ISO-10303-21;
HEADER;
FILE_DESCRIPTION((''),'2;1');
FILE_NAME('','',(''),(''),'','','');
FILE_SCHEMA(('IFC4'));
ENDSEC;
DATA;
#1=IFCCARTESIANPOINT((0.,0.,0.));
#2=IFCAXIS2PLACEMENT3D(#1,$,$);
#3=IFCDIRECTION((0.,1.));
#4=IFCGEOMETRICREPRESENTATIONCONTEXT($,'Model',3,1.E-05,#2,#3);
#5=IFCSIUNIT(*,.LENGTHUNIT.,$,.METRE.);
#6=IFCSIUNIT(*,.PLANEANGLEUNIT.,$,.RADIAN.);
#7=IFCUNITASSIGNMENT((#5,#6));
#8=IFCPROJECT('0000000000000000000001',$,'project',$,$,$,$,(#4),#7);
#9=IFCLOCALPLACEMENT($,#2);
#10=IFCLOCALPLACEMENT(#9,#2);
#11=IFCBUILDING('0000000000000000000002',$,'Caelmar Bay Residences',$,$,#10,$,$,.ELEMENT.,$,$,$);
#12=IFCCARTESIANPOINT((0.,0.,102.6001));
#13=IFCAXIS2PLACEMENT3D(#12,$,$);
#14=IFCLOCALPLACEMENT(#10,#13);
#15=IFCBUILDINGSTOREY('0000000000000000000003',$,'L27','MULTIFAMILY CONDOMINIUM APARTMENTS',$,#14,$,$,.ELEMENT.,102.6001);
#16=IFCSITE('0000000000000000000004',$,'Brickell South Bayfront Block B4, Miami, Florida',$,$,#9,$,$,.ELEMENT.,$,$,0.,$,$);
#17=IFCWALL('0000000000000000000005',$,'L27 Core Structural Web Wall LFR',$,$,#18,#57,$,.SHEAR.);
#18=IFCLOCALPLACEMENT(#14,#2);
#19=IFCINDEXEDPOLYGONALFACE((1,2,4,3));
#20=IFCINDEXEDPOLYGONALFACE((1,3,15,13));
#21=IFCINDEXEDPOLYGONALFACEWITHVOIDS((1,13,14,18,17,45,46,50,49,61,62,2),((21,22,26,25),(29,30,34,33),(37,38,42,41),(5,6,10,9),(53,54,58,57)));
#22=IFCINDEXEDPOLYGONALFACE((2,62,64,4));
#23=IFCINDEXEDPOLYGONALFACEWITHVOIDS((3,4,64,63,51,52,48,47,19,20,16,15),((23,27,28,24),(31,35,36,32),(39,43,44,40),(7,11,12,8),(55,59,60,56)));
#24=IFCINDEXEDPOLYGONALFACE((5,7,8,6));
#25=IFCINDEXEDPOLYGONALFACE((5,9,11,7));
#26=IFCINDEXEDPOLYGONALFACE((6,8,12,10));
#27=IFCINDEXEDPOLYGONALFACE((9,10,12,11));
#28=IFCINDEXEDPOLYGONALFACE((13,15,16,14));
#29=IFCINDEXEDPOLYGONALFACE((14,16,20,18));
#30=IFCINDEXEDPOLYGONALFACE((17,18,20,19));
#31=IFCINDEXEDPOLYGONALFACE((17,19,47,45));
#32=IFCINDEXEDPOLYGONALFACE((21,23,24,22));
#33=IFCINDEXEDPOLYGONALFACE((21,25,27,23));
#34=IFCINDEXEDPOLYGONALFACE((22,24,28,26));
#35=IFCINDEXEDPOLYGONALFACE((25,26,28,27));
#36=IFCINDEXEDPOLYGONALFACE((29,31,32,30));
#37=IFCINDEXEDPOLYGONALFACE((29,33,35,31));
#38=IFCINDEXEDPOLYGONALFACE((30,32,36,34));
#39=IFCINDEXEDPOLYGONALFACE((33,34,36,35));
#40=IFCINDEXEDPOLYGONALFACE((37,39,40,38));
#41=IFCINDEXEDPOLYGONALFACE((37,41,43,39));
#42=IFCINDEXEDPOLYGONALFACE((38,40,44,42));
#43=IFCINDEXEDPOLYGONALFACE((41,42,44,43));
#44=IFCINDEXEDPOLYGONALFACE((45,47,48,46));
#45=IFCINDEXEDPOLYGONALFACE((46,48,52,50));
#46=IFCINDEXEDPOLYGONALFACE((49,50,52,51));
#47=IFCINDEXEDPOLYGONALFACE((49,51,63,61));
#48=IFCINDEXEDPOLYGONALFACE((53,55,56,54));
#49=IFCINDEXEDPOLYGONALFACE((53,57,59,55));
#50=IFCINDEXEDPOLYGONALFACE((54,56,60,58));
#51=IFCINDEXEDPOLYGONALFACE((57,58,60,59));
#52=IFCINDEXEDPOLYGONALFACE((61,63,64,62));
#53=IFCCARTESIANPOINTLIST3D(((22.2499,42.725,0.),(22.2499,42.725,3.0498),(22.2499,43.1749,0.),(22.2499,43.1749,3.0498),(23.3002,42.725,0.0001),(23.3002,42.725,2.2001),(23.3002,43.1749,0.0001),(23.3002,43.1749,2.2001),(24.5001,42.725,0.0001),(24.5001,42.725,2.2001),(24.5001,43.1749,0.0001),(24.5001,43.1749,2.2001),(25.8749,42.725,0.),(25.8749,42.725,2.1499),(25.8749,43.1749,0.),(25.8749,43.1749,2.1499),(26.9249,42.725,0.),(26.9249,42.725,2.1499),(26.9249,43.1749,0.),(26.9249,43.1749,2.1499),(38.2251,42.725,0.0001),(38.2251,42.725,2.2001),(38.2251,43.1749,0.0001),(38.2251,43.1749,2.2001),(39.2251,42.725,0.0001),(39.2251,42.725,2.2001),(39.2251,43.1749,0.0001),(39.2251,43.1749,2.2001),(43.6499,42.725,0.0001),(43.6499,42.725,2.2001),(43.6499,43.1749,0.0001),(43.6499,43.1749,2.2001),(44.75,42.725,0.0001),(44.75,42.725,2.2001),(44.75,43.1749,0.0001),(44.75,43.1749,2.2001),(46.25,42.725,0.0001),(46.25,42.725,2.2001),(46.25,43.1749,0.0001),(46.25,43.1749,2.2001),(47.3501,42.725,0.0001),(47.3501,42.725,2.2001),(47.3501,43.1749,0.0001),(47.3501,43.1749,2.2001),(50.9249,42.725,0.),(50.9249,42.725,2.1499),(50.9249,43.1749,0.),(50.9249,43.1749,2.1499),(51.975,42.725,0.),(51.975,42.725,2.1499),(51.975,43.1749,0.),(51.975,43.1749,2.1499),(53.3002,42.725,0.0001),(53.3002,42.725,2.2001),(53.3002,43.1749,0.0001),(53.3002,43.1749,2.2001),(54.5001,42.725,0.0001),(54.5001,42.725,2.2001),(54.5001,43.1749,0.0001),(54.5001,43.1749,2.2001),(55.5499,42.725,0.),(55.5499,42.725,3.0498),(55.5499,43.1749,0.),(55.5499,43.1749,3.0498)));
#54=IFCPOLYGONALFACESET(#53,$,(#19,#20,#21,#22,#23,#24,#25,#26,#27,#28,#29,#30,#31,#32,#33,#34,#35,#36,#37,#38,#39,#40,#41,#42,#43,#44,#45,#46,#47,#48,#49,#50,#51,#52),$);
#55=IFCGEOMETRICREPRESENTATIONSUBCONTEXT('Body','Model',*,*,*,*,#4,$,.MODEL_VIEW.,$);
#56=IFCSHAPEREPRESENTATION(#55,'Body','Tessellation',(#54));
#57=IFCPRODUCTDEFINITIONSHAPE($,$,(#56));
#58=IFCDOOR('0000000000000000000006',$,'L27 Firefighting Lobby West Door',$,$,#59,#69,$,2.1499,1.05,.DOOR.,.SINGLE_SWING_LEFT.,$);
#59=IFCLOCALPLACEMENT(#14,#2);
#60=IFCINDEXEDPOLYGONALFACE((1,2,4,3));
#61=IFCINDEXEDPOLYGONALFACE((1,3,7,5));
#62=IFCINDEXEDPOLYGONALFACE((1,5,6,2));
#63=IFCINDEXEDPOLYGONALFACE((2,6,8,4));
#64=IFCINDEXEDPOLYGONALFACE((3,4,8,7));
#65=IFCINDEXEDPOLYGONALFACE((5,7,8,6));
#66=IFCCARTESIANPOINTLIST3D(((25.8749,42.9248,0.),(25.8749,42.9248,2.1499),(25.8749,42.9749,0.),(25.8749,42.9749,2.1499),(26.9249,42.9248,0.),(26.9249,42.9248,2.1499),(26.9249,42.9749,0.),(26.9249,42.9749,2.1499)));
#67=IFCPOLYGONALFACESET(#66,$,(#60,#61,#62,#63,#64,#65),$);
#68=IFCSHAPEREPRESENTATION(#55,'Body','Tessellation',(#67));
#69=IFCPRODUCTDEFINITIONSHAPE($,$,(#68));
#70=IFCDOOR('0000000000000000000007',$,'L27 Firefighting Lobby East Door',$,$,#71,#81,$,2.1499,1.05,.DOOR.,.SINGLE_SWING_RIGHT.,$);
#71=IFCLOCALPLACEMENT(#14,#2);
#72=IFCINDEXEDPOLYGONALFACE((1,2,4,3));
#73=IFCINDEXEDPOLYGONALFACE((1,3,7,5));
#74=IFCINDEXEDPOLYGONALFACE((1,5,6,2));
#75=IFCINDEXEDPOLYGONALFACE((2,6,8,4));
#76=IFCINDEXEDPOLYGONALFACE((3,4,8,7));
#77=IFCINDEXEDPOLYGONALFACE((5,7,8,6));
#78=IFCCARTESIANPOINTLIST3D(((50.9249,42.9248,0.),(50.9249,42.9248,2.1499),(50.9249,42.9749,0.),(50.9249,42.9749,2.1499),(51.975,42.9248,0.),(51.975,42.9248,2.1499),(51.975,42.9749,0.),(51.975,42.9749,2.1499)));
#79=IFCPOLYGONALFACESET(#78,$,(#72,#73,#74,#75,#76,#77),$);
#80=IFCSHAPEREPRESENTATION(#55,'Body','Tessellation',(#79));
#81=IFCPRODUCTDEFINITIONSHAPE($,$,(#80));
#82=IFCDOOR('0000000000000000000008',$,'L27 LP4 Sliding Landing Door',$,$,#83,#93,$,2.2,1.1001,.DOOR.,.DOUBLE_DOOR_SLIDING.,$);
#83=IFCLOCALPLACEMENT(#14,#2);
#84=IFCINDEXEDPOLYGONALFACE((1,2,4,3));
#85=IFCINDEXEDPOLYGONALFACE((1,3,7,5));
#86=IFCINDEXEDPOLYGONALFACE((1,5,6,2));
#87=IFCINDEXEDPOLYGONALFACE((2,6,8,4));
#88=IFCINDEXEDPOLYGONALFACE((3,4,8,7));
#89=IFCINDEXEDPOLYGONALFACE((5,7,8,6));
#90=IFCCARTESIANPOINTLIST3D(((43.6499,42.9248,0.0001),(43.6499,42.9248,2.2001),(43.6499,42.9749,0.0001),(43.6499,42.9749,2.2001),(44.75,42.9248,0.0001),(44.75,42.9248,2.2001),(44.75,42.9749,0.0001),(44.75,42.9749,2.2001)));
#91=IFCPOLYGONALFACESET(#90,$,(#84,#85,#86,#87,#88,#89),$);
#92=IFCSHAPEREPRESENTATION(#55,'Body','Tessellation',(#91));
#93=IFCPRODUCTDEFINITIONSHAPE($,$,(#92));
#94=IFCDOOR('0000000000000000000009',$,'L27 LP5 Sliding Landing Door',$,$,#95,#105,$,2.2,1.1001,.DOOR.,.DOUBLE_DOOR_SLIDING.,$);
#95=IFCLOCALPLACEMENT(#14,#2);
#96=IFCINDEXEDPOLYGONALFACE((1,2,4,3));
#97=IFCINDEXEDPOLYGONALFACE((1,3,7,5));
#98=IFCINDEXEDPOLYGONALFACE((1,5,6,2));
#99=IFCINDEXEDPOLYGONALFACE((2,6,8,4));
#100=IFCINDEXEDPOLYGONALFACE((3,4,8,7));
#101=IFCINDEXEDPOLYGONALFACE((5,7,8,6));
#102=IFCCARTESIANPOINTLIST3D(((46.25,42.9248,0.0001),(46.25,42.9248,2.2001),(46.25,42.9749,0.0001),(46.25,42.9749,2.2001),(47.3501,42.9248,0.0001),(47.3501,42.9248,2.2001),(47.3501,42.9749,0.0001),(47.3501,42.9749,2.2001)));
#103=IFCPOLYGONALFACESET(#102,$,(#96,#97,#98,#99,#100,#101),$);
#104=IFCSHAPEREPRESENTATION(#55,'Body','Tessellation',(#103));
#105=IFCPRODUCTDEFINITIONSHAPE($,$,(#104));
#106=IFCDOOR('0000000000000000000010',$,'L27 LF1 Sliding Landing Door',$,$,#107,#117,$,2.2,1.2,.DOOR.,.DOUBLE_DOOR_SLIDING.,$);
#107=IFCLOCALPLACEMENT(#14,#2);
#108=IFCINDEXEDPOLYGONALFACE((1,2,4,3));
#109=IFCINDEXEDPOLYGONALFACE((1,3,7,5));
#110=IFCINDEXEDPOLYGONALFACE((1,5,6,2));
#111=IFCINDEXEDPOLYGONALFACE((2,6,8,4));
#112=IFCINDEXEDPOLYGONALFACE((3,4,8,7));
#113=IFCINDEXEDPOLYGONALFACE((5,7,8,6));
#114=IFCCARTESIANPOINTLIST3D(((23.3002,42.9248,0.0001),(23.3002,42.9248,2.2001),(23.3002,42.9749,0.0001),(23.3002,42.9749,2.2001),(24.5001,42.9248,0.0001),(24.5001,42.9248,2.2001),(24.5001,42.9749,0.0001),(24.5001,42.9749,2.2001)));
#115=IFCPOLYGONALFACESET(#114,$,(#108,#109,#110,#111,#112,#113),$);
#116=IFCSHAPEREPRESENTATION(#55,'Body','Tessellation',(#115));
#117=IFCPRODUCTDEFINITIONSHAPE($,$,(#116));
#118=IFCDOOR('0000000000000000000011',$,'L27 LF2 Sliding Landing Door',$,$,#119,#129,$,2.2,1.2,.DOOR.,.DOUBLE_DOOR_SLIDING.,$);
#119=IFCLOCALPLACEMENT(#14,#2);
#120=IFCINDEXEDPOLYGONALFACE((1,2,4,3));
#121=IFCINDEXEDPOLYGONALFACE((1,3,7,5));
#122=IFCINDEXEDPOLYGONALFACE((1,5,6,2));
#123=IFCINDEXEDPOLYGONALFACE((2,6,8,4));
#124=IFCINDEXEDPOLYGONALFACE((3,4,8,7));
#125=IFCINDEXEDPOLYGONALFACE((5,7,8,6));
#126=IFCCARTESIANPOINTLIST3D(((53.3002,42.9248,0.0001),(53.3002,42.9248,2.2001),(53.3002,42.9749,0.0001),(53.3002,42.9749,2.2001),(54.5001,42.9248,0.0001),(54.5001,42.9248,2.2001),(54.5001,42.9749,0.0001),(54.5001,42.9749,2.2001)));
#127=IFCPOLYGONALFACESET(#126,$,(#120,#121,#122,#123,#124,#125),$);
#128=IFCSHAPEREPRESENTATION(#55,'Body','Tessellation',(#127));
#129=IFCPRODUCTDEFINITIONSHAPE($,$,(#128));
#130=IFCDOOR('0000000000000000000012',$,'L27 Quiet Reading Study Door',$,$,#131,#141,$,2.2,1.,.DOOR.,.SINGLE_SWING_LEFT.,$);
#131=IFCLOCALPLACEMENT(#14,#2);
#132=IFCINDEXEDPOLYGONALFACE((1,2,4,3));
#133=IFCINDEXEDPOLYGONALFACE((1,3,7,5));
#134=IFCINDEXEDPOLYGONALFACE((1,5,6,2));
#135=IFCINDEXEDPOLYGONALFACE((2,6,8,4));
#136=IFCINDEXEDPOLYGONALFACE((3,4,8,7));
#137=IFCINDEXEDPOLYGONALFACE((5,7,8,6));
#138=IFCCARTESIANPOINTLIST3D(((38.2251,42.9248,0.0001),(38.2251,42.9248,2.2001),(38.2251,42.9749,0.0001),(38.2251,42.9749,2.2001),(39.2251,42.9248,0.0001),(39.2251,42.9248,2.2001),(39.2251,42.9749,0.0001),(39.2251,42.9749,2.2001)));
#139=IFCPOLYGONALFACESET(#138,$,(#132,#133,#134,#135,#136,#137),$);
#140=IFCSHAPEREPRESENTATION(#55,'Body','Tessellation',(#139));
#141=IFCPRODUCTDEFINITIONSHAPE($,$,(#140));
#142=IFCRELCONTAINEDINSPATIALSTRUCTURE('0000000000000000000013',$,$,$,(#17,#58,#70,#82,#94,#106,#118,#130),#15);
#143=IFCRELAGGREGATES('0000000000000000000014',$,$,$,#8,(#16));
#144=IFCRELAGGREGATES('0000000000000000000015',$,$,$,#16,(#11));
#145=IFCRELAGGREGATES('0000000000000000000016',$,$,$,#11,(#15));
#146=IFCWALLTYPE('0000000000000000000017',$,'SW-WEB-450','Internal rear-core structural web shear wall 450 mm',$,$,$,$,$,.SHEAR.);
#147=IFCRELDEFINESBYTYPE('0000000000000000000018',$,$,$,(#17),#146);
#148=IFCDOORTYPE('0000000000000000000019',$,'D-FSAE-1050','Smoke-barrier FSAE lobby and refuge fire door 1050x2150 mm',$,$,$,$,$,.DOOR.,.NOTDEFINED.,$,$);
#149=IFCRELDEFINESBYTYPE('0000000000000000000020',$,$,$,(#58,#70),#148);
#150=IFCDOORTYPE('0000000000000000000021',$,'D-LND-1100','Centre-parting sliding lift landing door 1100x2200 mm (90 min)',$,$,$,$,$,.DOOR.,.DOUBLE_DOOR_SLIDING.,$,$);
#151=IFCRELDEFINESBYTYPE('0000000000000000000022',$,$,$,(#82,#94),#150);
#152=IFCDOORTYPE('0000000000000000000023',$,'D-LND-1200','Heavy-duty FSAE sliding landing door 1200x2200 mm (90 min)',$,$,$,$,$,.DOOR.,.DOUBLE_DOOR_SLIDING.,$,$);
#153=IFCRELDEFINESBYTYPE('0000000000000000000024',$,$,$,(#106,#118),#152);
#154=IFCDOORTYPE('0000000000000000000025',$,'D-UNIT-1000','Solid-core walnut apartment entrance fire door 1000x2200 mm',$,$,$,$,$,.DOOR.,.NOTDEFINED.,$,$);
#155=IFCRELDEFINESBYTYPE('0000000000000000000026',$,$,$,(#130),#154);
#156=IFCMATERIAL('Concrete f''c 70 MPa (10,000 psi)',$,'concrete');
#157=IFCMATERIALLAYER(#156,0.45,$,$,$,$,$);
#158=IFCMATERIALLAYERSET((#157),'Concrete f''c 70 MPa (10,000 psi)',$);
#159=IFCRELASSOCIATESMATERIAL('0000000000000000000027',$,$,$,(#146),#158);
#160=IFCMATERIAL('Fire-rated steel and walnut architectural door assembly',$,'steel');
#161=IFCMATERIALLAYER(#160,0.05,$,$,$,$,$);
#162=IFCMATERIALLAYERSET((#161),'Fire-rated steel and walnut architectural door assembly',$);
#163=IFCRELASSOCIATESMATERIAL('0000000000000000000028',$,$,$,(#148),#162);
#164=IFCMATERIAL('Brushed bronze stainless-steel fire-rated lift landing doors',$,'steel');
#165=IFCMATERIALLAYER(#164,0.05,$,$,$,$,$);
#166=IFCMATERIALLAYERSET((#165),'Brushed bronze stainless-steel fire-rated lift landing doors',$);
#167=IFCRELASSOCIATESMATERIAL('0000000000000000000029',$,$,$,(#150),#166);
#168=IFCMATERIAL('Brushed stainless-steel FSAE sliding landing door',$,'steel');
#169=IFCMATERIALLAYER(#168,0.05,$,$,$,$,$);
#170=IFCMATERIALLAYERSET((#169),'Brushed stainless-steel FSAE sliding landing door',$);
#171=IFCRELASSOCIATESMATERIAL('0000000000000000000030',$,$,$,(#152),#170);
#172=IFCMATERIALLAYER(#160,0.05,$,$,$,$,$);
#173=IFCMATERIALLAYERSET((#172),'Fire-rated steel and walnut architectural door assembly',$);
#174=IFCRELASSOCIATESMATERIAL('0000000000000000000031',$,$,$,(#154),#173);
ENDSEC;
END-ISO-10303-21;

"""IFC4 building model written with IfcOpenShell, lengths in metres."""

from ifc_helpers import new_model, si_unit, direction, frame, frame_2d, origin, place, context, subcontext, project, spatial, rectangle, extrude, material, layer, layer_set, type_object, element, fill, save


model = new_model("IFC4")

# Units and contexts
model_context = context("Model", 3, precision=1e-05, world=origin(), true_north=direction((0.0, 1.0)))
body_context = subcontext(model_context, "Body", "Model", "MODEL_VIEW")
ifc_project = project(units=[si_unit("LENGTHUNIT", "METRE"), si_unit("PLANEANGLEUNIT", "RADIAN")], contexts=[model_context])

# Site, building, storey
site_placement = place(None, origin())
site = spatial("IfcSite", under=ifc_project, at=site_placement, Name="Brickell South Bayfront Block B4, Miami, Florida", CompositionType="ELEMENT", RefElevation=0.0)
building_placement = place(site_placement, origin())
building = spatial("IfcBuilding", under=site, at=building_placement, Name="Caelmar Bay Residences", CompositionType="ELEMENT")
storey_placement = place(building_placement, frame((0.0, 0.0, 102.6001)))
storey = spatial("IfcBuildingStorey", under=building, at=storey_placement, Name="L27", Description="MULTIFAMILY CONDOMINIUM APARTMENTS", CompositionType="ELEMENT", Elevation=102.6001)

# Wall, openings, doors
ifc_material_1 = material(Name="Concrete f'c 70 MPa (10,000 psi)", Category="concrete")
ifc_layer_1 = layer(ifc_material_1, 0.45)
ifc_layer_set_1 = layer_set([ifc_layer_1], Name="Concrete f'c 70 MPa (10,000 psi)")
wall_type_1 = type_object("IfcWallType", Name="SW-WEB-450", Description="Internal rear-core structural web shear wall 450 mm", PredefinedType="SHEAR", material=ifc_layer_set_1)
wall_1_placement = place(storey_placement, frame((22.25, 42.95, 0.0), z_axis=(0.0, 0.0, 1.0), x_axis=(1.0, 0.0, 0.0)))
wall_1 = element("IfcWall", 1, at=wall_1_placement, inside=storey, type_object=wall_type_1, Name="L27 Core Structural Web Wall LFR", PredefinedType="SHEAR", context=body_context, shape_type="SweptSolid", body=[
    extrude(rectangle(XDim=33.3, YDim=0.45, at=frame_2d((16.6499, 0.0))), origin(), (0.0, 0.0, 1.0), 3.0498),
])
opening_1_placement = place(wall_1_placement, frame((1.05, 0.0, 0.0)))
opening_1 = element("IfcOpeningElement", 2, at=opening_1_placement, cuts=wall_1, PredefinedType="OPENING", context=body_context, shape_type="SweptSolid", body=[
    extrude(rectangle(XDim=1.2, YDim=2.2, at=frame_2d((0.6001, 1.1001))), frame((0.0, 0.2349, 0.0), z_axis=(0.0, -1.0, 0.0), x_axis=(1.0, 0.0, 0.0)), (0.0, 0.0, 1.0), 0.47),
])
opening_2_placement = place(wall_1_placement, frame((31.05, 0.0, 0.0)))
opening_2 = element("IfcOpeningElement", 3, at=opening_2_placement, cuts=wall_1, PredefinedType="OPENING", context=body_context, shape_type="SweptSolid", body=[
    extrude(rectangle(XDim=1.2, YDim=2.2, at=frame_2d((0.6001, 1.1001))), frame((0.0, 0.2349, 0.0), z_axis=(0.0, -1.0, 0.0), x_axis=(1.0, 0.0, 0.0)), (0.0, 0.0, 1.0), 0.47),
])
opening_3_placement = place(wall_1_placement, frame((21.3999, 0.0, 0.0)))
opening_3 = element("IfcOpeningElement", 4, at=opening_3_placement, cuts=wall_1, PredefinedType="OPENING", context=body_context, shape_type="SweptSolid", body=[
    extrude(rectangle(XDim=1.1001, YDim=2.2, at=frame_2d((0.55, 1.1001))), frame((0.0, 0.2349, 0.0), z_axis=(0.0, -1.0, 0.0), x_axis=(1.0, 0.0, 0.0)), (0.0, 0.0, 1.0), 0.47),
])
opening_4_placement = place(wall_1_placement, frame((24.0, 0.0, 0.0)))
opening_4 = element("IfcOpeningElement", 5, at=opening_4_placement, cuts=wall_1, PredefinedType="OPENING", context=body_context, shape_type="SweptSolid", body=[
    extrude(rectangle(XDim=1.1001, YDim=2.2, at=frame_2d((0.55, 1.1001))), frame((0.0, 0.2349, 0.0), z_axis=(0.0, -1.0, 0.0), x_axis=(1.0, 0.0, 0.0)), (0.0, 0.0, 1.0), 0.47),
])
opening_5_placement = place(wall_1_placement, frame((3.625, 0.0, 0.0)))
opening_5 = element("IfcOpeningElement", 6, at=opening_5_placement, cuts=wall_1, PredefinedType="OPENING", context=body_context, shape_type="SweptSolid", body=[
    extrude(rectangle(XDim=1.05, YDim=2.1499, at=frame_2d((0.5249, 1.075))), frame((0.0, 0.2349, 0.0), z_axis=(0.0, -1.0, 0.0), x_axis=(1.0, 0.0, 0.0)), (0.0, 0.0, 1.0), 0.47),
])
opening_6_placement = place(wall_1_placement, frame((28.675, 0.0, 0.0)))
opening_6 = element("IfcOpeningElement", 7, at=opening_6_placement, cuts=wall_1, PredefinedType="OPENING", context=body_context, shape_type="SweptSolid", body=[
    extrude(rectangle(XDim=1.05, YDim=2.1499, at=frame_2d((0.5249, 1.075))), frame((0.0, 0.2349, 0.0), z_axis=(0.0, -1.0, 0.0), x_axis=(1.0, 0.0, 0.0)), (0.0, 0.0, 1.0), 0.47),
])
opening_7_placement = place(wall_1_placement, frame((15.9751, 0.0, 0.0)))
opening_7 = element("IfcOpeningElement", 8, at=opening_7_placement, cuts=wall_1, PredefinedType="OPENING", context=body_context, shape_type="SweptSolid", body=[
    extrude(rectangle(XDim=1.0, YDim=2.2, at=frame_2d((0.5, 1.1001))), frame((0.0, 0.2349, 0.0), z_axis=(0.0, -1.0, 0.0), x_axis=(1.0, 0.0, 0.0)), (0.0, 0.0, 1.0), 0.47),
])
ifc_material_2 = material(Name="Fire-rated steel and walnut architectural door assembly", Category="steel")
ifc_layer_2 = layer(ifc_material_2, 0.05)
ifc_layer_set_2 = layer_set([ifc_layer_2], Name="Fire-rated steel and walnut architectural door assembly")
door_type_1 = type_object("IfcDoorType", Name="D-FSAE-1050", Description="Smoke-barrier FSAE lobby and refuge fire door 1050x2150 mm", OperationType="NOTDEFINED", PredefinedType="DOOR", material=ifc_layer_set_2)
door_1_placement = place(opening_5_placement, origin())
door_1 = element("IfcDoor", 9, at=door_1_placement, inside=storey, type_object=door_type_1, Name="L27 Firefighting Lobby West Door", OperationType="SINGLE_SWING_LEFT", OverallHeight=2.1499, OverallWidth=1.05, PredefinedType="DOOR", context=body_context, shape_type="SweptSolid", body=[
    extrude(rectangle(XDim=1.05, YDim=2.1499, at=frame_2d((0.5249, 1.075))), frame((0.0, 0.0249, 0.0), z_axis=(0.0, -1.0, 0.0), x_axis=(1.0, 0.0, 0.0)), (0.0, 0.0, 1.0), 0.05),
])
fill(opening_5, door_1)
door_2_placement = place(opening_6_placement, origin())
door_2 = element("IfcDoor", 10, at=door_2_placement, inside=storey, type_object=door_type_1, Name="L27 Firefighting Lobby East Door", OperationType="SINGLE_SWING_RIGHT", OverallHeight=2.1499, OverallWidth=1.05, PredefinedType="DOOR", context=body_context, shape_type="SweptSolid", body=[
    extrude(rectangle(XDim=1.05, YDim=2.1499, at=frame_2d((0.5249, 1.075))), frame((0.0, 0.0249, 0.0), z_axis=(0.0, -1.0, 0.0), x_axis=(1.0, 0.0, 0.0)), (0.0, 0.0, 1.0), 0.05),
])
fill(opening_6, door_2)
ifc_material_3 = material(Name="Brushed bronze stainless-steel fire-rated lift landing doors", Category="steel")
ifc_layer_3 = layer(ifc_material_3, 0.05)
ifc_layer_set_3 = layer_set([ifc_layer_3], Name="Brushed bronze stainless-steel fire-rated lift landing doors")
door_type_2 = type_object("IfcDoorType", Name="D-LND-1100", Description="Centre-parting sliding lift landing door 1100x2200 mm (90 min)", OperationType="DOUBLE_DOOR_SLIDING", PredefinedType="DOOR", material=ifc_layer_set_3)
door_3_placement = place(opening_3_placement, origin())
door_3 = element("IfcDoor", 11, at=door_3_placement, inside=storey, type_object=door_type_2, Name="L27 LP4 Sliding Landing Door", OperationType="DOUBLE_DOOR_SLIDING", OverallHeight=2.2, OverallWidth=1.1001, PredefinedType="DOOR", context=body_context, shape_type="SweptSolid", body=[
    extrude(rectangle(XDim=1.1001, YDim=2.2, at=frame_2d((0.55, 1.1001))), frame((0.0, 0.0249, 0.0), z_axis=(0.0, -1.0, 0.0), x_axis=(1.0, 0.0, 0.0)), (0.0, 0.0, 1.0), 0.05),
])
fill(opening_3, door_3)
door_4_placement = place(opening_4_placement, origin())
door_4 = element("IfcDoor", 12, at=door_4_placement, inside=storey, type_object=door_type_2, Name="L27 LP5 Sliding Landing Door", OperationType="DOUBLE_DOOR_SLIDING", OverallHeight=2.2, OverallWidth=1.1001, PredefinedType="DOOR", context=body_context, shape_type="SweptSolid", body=[
    extrude(rectangle(XDim=1.1001, YDim=2.2, at=frame_2d((0.55, 1.1001))), frame((0.0, 0.0249, 0.0), z_axis=(0.0, -1.0, 0.0), x_axis=(1.0, 0.0, 0.0)), (0.0, 0.0, 1.0), 0.05),
])
fill(opening_4, door_4)
ifc_material_4 = material(Name="Brushed stainless-steel FSAE sliding landing door", Category="steel")
ifc_layer_4 = layer(ifc_material_4, 0.05)
ifc_layer_set_4 = layer_set([ifc_layer_4], Name="Brushed stainless-steel FSAE sliding landing door")
door_type_3 = type_object("IfcDoorType", Name="D-LND-1200", Description="Heavy-duty FSAE sliding landing door 1200x2200 mm (90 min)", OperationType="DOUBLE_DOOR_SLIDING", PredefinedType="DOOR", material=ifc_layer_set_4)
door_5_placement = place(opening_1_placement, origin())
door_5 = element("IfcDoor", 13, at=door_5_placement, inside=storey, type_object=door_type_3, Name="L27 LF1 Sliding Landing Door", OperationType="DOUBLE_DOOR_SLIDING", OverallHeight=2.2, OverallWidth=1.2, PredefinedType="DOOR", context=body_context, shape_type="SweptSolid", body=[
    extrude(rectangle(XDim=1.2, YDim=2.2, at=frame_2d((0.6001, 1.1001))), frame((0.0, 0.0249, 0.0), z_axis=(0.0, -1.0, 0.0), x_axis=(1.0, 0.0, 0.0)), (0.0, 0.0, 1.0), 0.05),
])
fill(opening_1, door_5)
door_6_placement = place(opening_2_placement, origin())
door_6 = element("IfcDoor", 14, at=door_6_placement, inside=storey, type_object=door_type_3, Name="L27 LF2 Sliding Landing Door", OperationType="DOUBLE_DOOR_SLIDING", OverallHeight=2.2, OverallWidth=1.2, PredefinedType="DOOR", context=body_context, shape_type="SweptSolid", body=[
    extrude(rectangle(XDim=1.2, YDim=2.2, at=frame_2d((0.6001, 1.1001))), frame((0.0, 0.0249, 0.0), z_axis=(0.0, -1.0, 0.0), x_axis=(1.0, 0.0, 0.0)), (0.0, 0.0, 1.0), 0.05),
])
fill(opening_2, door_6)
ifc_layer_5 = layer(ifc_material_2, 0.05)
ifc_layer_set_5 = layer_set([ifc_layer_5], Name="Fire-rated steel and walnut architectural door assembly")
door_type_4 = type_object("IfcDoorType", Name="D-UNIT-1000", Description="Solid-core walnut apartment entrance fire door 1000x2200 mm", OperationType="NOTDEFINED", PredefinedType="DOOR", material=ifc_layer_set_5)
door_7_placement = place(opening_7_placement, origin())
door_7 = element("IfcDoor", 15, at=door_7_placement, inside=storey, type_object=door_type_4, Name="L27 Quiet Reading Study Door", OperationType="SINGLE_SWING_LEFT", OverallHeight=2.2, OverallWidth=1.0, PredefinedType="DOOR", context=body_context, shape_type="SweptSolid", body=[
    extrude(rectangle(XDim=1.0, YDim=2.2, at=frame_2d((0.5, 1.1001))), frame((0.0, 0.0249, 0.0), z_axis=(0.0, -1.0, 0.0), x_axis=(1.0, 0.0, 0.0)), (0.0, 0.0, 1.0), 0.05),
])
fill(opening_7, door_7)

save(model, "model.ifc")
